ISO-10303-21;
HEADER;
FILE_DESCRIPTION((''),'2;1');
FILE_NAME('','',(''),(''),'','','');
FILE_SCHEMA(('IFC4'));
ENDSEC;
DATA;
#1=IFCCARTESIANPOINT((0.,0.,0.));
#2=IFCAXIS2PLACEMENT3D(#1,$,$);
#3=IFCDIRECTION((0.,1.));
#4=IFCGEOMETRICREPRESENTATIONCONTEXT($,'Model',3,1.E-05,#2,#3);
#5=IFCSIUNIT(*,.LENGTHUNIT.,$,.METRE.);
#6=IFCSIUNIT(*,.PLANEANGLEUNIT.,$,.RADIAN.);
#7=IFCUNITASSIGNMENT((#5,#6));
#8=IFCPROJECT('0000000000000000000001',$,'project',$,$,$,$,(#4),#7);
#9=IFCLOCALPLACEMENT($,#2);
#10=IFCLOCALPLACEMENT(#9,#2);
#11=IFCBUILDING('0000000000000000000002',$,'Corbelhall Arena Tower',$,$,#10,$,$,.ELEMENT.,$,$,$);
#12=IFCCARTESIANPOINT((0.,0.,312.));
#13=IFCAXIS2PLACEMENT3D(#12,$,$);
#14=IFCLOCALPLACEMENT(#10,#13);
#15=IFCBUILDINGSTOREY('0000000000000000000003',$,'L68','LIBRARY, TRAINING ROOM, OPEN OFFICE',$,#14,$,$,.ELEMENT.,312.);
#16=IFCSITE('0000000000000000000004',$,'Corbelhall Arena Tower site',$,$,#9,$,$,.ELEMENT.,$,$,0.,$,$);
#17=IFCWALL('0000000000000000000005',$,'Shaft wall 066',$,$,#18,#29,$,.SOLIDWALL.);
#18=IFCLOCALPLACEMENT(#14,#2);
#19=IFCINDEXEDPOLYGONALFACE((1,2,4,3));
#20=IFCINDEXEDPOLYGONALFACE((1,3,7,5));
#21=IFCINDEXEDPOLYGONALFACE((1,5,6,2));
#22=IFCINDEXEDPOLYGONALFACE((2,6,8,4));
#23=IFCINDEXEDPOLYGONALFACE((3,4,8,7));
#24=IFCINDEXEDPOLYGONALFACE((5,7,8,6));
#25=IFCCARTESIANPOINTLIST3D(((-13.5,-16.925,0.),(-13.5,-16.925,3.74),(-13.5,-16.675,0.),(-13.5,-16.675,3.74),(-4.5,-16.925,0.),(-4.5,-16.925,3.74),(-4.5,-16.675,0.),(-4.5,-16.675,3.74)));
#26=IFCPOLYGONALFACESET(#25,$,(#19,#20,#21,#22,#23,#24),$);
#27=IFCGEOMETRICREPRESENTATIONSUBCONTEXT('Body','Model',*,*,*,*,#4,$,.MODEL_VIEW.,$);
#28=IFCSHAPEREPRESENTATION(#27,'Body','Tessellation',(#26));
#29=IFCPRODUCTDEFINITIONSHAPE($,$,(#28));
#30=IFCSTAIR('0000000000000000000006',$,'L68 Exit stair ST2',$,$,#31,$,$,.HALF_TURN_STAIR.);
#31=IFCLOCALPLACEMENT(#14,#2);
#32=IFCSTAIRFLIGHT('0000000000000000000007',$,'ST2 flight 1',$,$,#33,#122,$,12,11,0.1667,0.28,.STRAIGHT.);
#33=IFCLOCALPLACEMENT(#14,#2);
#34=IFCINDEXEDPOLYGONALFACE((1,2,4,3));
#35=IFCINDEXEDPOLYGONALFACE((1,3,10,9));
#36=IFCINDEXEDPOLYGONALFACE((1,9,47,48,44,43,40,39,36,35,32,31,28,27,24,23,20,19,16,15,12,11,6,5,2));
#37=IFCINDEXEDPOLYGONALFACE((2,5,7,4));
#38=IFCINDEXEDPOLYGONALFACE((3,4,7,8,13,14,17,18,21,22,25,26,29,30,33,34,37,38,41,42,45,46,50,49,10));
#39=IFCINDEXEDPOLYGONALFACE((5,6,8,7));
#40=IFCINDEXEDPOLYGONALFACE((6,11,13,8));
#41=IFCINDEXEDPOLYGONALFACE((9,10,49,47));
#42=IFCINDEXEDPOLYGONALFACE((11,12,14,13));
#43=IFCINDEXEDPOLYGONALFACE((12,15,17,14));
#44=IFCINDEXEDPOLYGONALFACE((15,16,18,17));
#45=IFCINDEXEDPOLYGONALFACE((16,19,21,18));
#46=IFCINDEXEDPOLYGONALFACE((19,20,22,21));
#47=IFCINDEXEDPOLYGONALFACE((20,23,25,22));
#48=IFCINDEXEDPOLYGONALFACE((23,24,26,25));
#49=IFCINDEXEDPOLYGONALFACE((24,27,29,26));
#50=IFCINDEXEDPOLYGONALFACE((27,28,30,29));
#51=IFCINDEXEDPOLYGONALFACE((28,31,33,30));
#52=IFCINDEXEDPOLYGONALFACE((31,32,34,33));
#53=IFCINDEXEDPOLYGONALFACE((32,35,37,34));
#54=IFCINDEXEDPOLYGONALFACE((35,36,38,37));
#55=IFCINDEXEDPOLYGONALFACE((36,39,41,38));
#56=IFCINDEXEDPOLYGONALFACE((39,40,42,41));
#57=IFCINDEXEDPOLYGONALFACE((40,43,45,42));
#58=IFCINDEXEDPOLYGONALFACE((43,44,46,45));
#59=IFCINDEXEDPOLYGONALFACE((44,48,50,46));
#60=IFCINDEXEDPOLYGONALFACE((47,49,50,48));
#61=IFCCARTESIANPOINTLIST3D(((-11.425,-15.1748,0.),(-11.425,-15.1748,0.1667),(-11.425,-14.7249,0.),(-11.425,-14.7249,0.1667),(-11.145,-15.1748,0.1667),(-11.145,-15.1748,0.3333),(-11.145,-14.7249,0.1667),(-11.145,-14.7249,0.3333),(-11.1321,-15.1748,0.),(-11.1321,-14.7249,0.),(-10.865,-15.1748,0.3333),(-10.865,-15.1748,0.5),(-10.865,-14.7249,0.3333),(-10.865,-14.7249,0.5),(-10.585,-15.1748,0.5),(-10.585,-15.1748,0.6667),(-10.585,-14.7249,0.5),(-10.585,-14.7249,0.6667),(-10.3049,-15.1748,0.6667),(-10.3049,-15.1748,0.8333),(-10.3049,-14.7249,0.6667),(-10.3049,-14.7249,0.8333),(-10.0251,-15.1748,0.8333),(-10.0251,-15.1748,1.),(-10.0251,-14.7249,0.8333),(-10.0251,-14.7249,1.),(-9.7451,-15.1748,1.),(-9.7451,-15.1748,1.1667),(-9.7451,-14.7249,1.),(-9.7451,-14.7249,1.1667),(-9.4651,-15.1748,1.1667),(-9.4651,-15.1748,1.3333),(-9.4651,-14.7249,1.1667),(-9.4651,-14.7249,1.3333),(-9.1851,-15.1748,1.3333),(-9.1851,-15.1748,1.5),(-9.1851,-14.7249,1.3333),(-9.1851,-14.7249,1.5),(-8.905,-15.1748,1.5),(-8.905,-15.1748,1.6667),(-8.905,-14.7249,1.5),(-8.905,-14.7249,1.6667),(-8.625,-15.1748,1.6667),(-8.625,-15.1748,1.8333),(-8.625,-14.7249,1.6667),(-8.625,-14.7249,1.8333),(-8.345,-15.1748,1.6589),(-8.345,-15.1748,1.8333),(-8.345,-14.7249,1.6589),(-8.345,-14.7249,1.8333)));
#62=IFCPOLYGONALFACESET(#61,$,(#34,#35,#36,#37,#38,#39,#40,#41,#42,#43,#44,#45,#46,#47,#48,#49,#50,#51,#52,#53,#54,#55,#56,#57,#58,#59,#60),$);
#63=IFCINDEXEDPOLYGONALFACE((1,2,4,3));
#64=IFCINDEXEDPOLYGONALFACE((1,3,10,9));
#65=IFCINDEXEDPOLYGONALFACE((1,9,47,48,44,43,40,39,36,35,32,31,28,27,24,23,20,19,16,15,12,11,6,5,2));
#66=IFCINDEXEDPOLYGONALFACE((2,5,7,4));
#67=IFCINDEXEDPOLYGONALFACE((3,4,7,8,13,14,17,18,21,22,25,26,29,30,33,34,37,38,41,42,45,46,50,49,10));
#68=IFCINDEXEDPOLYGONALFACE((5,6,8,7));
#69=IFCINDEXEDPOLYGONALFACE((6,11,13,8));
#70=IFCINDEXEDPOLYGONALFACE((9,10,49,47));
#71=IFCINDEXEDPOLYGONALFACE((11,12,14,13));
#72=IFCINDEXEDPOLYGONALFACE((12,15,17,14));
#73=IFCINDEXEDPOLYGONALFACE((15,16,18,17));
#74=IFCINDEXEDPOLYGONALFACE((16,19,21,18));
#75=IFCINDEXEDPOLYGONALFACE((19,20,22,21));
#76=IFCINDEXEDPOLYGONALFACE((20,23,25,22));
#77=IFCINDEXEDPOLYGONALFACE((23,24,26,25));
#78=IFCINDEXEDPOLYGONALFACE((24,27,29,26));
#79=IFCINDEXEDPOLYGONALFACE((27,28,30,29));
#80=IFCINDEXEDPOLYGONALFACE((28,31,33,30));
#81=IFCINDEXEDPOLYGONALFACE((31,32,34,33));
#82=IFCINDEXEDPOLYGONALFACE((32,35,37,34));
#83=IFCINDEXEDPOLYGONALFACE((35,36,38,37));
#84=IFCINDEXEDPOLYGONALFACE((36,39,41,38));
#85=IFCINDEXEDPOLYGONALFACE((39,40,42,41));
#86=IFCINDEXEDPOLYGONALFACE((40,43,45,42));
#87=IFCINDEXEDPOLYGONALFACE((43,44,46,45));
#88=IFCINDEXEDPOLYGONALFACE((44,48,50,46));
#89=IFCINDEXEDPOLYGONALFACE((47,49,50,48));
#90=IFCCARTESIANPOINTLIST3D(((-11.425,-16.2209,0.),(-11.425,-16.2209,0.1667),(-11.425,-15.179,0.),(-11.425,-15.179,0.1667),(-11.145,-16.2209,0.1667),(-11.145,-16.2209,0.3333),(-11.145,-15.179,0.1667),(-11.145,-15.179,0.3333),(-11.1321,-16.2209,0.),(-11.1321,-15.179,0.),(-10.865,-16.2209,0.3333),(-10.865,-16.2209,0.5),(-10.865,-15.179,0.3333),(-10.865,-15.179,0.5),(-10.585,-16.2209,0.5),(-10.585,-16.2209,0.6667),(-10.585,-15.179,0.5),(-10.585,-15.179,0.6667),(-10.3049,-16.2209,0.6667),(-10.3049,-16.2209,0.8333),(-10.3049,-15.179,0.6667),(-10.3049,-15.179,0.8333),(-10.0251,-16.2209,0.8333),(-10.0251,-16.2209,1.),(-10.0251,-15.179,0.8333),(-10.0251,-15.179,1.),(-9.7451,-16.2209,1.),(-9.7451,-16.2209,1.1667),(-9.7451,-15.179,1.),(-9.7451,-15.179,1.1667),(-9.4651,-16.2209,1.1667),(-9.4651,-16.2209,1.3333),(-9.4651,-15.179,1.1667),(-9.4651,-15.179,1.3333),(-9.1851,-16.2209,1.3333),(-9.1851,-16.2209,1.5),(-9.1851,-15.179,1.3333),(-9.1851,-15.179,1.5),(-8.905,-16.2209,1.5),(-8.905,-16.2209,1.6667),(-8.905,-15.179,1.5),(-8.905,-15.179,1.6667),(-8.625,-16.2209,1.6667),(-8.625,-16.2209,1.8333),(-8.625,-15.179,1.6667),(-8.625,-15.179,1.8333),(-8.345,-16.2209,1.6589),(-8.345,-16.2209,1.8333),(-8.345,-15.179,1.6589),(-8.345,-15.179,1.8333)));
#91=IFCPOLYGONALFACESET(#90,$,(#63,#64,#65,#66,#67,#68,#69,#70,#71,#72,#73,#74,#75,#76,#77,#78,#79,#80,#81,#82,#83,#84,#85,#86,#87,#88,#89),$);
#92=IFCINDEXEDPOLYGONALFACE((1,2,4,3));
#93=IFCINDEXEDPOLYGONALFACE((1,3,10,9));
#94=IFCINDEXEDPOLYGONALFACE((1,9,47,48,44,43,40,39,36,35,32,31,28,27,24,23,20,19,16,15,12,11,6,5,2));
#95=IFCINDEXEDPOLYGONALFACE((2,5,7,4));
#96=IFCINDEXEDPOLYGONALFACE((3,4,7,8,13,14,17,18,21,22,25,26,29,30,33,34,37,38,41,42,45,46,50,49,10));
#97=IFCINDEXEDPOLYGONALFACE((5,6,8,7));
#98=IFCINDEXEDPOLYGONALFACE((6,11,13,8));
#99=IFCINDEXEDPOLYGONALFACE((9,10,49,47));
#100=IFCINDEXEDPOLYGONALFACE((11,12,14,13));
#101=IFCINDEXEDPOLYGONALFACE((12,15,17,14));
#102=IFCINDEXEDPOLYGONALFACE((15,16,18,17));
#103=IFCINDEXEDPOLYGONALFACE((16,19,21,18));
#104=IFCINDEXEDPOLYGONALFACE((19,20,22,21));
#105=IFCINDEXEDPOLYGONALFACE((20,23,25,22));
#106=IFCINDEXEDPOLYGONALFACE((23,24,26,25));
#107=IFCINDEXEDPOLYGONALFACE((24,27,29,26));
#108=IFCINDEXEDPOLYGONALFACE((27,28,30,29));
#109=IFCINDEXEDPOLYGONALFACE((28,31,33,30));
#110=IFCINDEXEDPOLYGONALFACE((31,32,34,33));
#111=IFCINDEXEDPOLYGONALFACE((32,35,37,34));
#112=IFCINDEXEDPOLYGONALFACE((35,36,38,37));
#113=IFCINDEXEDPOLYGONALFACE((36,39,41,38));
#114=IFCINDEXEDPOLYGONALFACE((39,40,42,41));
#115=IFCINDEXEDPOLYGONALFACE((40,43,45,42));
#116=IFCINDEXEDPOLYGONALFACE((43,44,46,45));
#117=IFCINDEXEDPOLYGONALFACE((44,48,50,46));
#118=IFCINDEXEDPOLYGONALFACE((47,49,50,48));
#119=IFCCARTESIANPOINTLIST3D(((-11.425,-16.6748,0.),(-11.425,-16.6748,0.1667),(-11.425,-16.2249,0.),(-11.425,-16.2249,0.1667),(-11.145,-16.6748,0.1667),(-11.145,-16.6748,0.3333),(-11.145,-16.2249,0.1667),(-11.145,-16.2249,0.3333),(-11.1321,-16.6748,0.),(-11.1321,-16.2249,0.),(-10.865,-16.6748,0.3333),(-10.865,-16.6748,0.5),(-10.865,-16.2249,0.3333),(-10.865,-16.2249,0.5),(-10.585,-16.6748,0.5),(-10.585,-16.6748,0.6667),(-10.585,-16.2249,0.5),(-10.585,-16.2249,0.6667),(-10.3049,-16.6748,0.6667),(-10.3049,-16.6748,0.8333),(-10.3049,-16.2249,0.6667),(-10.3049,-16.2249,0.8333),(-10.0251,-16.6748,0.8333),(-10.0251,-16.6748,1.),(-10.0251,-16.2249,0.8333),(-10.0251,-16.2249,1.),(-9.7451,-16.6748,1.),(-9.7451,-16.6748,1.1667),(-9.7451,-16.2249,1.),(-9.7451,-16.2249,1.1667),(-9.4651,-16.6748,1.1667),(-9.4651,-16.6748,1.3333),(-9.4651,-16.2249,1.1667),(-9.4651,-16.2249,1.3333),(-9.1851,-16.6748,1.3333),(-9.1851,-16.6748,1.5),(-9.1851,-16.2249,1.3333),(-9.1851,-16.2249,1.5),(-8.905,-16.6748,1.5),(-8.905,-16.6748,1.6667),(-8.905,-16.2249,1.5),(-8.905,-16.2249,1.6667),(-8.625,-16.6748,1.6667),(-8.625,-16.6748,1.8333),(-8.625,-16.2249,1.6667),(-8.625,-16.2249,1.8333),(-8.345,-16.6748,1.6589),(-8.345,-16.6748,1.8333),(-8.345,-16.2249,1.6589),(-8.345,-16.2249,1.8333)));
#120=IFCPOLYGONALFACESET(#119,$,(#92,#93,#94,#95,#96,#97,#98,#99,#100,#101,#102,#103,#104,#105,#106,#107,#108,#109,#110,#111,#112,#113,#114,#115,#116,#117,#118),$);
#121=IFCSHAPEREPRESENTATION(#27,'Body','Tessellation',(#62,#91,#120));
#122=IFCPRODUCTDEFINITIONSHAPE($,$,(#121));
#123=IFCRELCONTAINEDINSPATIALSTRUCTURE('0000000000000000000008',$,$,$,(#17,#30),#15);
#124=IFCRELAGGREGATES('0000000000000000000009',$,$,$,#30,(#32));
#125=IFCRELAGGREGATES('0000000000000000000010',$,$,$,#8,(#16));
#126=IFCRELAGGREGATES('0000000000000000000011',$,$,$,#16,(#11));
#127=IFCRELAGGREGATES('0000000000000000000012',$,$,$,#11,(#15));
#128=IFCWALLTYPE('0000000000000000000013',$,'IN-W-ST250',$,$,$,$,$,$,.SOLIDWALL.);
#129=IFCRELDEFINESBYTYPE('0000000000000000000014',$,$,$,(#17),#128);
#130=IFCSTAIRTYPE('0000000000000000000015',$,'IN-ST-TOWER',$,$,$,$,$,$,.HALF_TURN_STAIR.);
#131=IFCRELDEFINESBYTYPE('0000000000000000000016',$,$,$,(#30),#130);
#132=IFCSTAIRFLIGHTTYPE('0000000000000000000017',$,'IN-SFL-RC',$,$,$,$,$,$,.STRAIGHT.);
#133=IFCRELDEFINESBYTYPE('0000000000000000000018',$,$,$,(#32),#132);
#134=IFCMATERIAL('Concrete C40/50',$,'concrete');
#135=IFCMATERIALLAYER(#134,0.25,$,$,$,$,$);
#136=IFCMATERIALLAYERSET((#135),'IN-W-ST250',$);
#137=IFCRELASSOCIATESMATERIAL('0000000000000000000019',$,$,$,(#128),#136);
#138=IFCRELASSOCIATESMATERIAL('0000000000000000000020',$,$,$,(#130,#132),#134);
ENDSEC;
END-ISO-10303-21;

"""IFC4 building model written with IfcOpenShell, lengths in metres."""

from ifc_helpers import new_model, si_unit, direction, frame, frame_2d, origin, place, context, subcontext, project, spatial, polyline, rectangle, outline, extrude, material, layer, layer_set, type_object, element, aggregate, save


model = new_model("IFC4")

# Units and contexts
model_context = context("Model", 3, precision=1e-05, world=origin(), true_north=direction((0.0, 1.0)))
body_context = subcontext(model_context, "Body", "Model", "MODEL_VIEW")
ifc_project = project(units=[si_unit("LENGTHUNIT", "METRE"), si_unit("PLANEANGLEUNIT", "RADIAN")], contexts=[model_context])

# Site, building, storey
site_placement = place(None, origin())
site = spatial("IfcSite", under=ifc_project, at=site_placement, Name="Corbelhall Arena Tower site", CompositionType="ELEMENT", RefElevation=0.0)
building_placement = place(site_placement, origin())
building = spatial("IfcBuilding", under=site, at=building_placement, Name="Corbelhall Arena Tower", CompositionType="ELEMENT")
storey_placement = place(building_placement, frame((0.0, 0.0, 312.0)))
storey = spatial("IfcBuildingStorey", under=building, at=storey_placement, Name="L68", Description="LIBRARY, TRAINING ROOM, OPEN OFFICE", CompositionType="ELEMENT", Elevation=312.0)

# Wall
ifc_material_1 = material(Name="Concrete C40/50", Category="concrete")
ifc_layer_1 = layer(ifc_material_1, 0.25)
ifc_layer_set_1 = layer_set([ifc_layer_1], Name="IN-W-ST250")
wall_type_1 = type_object("IfcWallType", Name="IN-W-ST250", PredefinedType="SOLIDWALL", material=ifc_layer_set_1)
wall_1_placement = place(storey_placement, frame((-4.5, -16.8, 0.0), z_axis=(0.0, 0.0, 1.0), x_axis=(-1.0, 0.0, 0.0)))
element("IfcWall", 1, at=wall_1_placement, inside=storey, type_object=wall_type_1, Name="Shaft wall 066", PredefinedType="SOLIDWALL", context=body_context, shape_type="SweptSolid", body=[
    extrude(rectangle(XDim=9.0, YDim=0.25, at=frame_2d((4.5, 0.0))), origin(), (0.0, 0.0, 1.0), 3.74),
])

# Stair, stair flight
stair_type = type_object("IfcStairType", Name="IN-ST-TOWER", PredefinedType="HALF_TURN_STAIR", material=ifc_material_1)
stair_placement = place(storey_placement, origin())
stair = element("IfcStair", 2, at=stair_placement, inside=storey, type_object=stair_type, Name="L68 Exit stair ST2", PredefinedType="HALF_TURN_STAIR")
stair_flight_type = type_object("IfcStairFlightType", Name="IN-SFL-RC", PredefinedType="STRAIGHT", material=ifc_material_1)
stair_flight_1_placement = place(storey_placement, frame((-11.425, -15.7, 0.0), z_axis=(0.0, 0.0, 1.0), x_axis=(1.0, 0.0, 0.0)))
stair_flight_1 = element("IfcStairFlight", 3, at=stair_flight_1_placement, type_object=stair_flight_type, Name="ST2 flight 1", NumberOfRisers=12, NumberOfTreads=11, PredefinedType="STRAIGHT", RiserHeight=0.1667, TreadLength=0.28, context=body_context, shape_type="SweptSolid", body=[
    extrude(outline(polyline([(0.0, 0.0), (0.0, 0.1667), (0.28, 0.1667), (0.28, 0.3333), (0.5601, 0.3333), (0.5601, 0.5), (0.8401, 0.5), (0.8401, 0.6667), (1.1201, 0.6667), (1.1201, 0.8333), (1.3999, 0.8333), (1.3999, 1.0), (1.6799, 1.0), (1.6799, 1.1667), (1.96, 1.1667), (1.96, 1.3333), (2.24, 1.3333), (2.24, 1.5), (2.52, 1.5), (2.52, 1.6667), (2.8, 1.6667), (2.8, 1.8333), (3.0801, 1.8333), (3.0801, 2.0), (3.0801, 1.6589), (0.293, 0.0), (0.0, 0.0)])), frame((0.0, 0.9751, 0.0), z_axis=(0.0, -1.0, 0.0), x_axis=(1.0, 0.0, 0.0)), (0.0, 0.0, 1.0), 0.45),
    extrude(outline(polyline([(0.0, 0.0), (0.0, 0.1667), (0.28, 0.1667), (0.28, 0.3333), (0.5601, 0.3333), (0.5601, 0.5), (0.8401, 0.5), (0.8401, 0.6667), (1.1201, 0.6667), (1.1201, 0.8333), (1.3999, 0.8333), (1.3999, 1.0), (1.6799, 1.0), (1.6799, 1.1667), (1.96, 1.1667), (1.96, 1.3333), (2.24, 1.3333), (2.24, 1.5), (2.52, 1.5), (2.52, 1.6667), (2.8, 1.6667), (2.8, 1.8333), (3.0801, 1.8333), (3.0801, 2.0), (3.0801, 1.6589), (0.293, 0.0), (0.0, 0.0)])), frame((0.0, 0.521, 0.0), z_axis=(0.0, -1.0, 0.0), x_axis=(1.0, 0.0, 0.0)), (0.0, 0.0, 1.0), 1.042),
    extrude(outline(polyline([(0.0, 0.0), (0.0, 0.1667), (0.28, 0.1667), (0.28, 0.3333), (0.5601, 0.3333), (0.5601, 0.5), (0.8401, 0.5), (0.8401, 0.6667), (1.1201, 0.6667), (1.1201, 0.8333), (1.3999, 0.8333), (1.3999, 1.0), (1.6799, 1.0), (1.6799, 1.1667), (1.96, 1.1667), (1.96, 1.3333), (2.24, 1.3333), (2.24, 1.5), (2.52, 1.5), (2.52, 1.6667), (2.8, 1.6667), (2.8, 1.8333), (3.0801, 1.8333), (3.0801, 2.0), (3.0801, 1.6589), (0.293, 0.0), (0.0, 0.0)])), frame((0.0, -0.5249, 0.0), z_axis=(0.0, -1.0, 0.0), x_axis=(1.0, 0.0, 0.0)), (0.0, 0.0, 1.0), 0.45),
])
aggregate(stair, [stair_flight_1])

save(model, "model.ifc")
